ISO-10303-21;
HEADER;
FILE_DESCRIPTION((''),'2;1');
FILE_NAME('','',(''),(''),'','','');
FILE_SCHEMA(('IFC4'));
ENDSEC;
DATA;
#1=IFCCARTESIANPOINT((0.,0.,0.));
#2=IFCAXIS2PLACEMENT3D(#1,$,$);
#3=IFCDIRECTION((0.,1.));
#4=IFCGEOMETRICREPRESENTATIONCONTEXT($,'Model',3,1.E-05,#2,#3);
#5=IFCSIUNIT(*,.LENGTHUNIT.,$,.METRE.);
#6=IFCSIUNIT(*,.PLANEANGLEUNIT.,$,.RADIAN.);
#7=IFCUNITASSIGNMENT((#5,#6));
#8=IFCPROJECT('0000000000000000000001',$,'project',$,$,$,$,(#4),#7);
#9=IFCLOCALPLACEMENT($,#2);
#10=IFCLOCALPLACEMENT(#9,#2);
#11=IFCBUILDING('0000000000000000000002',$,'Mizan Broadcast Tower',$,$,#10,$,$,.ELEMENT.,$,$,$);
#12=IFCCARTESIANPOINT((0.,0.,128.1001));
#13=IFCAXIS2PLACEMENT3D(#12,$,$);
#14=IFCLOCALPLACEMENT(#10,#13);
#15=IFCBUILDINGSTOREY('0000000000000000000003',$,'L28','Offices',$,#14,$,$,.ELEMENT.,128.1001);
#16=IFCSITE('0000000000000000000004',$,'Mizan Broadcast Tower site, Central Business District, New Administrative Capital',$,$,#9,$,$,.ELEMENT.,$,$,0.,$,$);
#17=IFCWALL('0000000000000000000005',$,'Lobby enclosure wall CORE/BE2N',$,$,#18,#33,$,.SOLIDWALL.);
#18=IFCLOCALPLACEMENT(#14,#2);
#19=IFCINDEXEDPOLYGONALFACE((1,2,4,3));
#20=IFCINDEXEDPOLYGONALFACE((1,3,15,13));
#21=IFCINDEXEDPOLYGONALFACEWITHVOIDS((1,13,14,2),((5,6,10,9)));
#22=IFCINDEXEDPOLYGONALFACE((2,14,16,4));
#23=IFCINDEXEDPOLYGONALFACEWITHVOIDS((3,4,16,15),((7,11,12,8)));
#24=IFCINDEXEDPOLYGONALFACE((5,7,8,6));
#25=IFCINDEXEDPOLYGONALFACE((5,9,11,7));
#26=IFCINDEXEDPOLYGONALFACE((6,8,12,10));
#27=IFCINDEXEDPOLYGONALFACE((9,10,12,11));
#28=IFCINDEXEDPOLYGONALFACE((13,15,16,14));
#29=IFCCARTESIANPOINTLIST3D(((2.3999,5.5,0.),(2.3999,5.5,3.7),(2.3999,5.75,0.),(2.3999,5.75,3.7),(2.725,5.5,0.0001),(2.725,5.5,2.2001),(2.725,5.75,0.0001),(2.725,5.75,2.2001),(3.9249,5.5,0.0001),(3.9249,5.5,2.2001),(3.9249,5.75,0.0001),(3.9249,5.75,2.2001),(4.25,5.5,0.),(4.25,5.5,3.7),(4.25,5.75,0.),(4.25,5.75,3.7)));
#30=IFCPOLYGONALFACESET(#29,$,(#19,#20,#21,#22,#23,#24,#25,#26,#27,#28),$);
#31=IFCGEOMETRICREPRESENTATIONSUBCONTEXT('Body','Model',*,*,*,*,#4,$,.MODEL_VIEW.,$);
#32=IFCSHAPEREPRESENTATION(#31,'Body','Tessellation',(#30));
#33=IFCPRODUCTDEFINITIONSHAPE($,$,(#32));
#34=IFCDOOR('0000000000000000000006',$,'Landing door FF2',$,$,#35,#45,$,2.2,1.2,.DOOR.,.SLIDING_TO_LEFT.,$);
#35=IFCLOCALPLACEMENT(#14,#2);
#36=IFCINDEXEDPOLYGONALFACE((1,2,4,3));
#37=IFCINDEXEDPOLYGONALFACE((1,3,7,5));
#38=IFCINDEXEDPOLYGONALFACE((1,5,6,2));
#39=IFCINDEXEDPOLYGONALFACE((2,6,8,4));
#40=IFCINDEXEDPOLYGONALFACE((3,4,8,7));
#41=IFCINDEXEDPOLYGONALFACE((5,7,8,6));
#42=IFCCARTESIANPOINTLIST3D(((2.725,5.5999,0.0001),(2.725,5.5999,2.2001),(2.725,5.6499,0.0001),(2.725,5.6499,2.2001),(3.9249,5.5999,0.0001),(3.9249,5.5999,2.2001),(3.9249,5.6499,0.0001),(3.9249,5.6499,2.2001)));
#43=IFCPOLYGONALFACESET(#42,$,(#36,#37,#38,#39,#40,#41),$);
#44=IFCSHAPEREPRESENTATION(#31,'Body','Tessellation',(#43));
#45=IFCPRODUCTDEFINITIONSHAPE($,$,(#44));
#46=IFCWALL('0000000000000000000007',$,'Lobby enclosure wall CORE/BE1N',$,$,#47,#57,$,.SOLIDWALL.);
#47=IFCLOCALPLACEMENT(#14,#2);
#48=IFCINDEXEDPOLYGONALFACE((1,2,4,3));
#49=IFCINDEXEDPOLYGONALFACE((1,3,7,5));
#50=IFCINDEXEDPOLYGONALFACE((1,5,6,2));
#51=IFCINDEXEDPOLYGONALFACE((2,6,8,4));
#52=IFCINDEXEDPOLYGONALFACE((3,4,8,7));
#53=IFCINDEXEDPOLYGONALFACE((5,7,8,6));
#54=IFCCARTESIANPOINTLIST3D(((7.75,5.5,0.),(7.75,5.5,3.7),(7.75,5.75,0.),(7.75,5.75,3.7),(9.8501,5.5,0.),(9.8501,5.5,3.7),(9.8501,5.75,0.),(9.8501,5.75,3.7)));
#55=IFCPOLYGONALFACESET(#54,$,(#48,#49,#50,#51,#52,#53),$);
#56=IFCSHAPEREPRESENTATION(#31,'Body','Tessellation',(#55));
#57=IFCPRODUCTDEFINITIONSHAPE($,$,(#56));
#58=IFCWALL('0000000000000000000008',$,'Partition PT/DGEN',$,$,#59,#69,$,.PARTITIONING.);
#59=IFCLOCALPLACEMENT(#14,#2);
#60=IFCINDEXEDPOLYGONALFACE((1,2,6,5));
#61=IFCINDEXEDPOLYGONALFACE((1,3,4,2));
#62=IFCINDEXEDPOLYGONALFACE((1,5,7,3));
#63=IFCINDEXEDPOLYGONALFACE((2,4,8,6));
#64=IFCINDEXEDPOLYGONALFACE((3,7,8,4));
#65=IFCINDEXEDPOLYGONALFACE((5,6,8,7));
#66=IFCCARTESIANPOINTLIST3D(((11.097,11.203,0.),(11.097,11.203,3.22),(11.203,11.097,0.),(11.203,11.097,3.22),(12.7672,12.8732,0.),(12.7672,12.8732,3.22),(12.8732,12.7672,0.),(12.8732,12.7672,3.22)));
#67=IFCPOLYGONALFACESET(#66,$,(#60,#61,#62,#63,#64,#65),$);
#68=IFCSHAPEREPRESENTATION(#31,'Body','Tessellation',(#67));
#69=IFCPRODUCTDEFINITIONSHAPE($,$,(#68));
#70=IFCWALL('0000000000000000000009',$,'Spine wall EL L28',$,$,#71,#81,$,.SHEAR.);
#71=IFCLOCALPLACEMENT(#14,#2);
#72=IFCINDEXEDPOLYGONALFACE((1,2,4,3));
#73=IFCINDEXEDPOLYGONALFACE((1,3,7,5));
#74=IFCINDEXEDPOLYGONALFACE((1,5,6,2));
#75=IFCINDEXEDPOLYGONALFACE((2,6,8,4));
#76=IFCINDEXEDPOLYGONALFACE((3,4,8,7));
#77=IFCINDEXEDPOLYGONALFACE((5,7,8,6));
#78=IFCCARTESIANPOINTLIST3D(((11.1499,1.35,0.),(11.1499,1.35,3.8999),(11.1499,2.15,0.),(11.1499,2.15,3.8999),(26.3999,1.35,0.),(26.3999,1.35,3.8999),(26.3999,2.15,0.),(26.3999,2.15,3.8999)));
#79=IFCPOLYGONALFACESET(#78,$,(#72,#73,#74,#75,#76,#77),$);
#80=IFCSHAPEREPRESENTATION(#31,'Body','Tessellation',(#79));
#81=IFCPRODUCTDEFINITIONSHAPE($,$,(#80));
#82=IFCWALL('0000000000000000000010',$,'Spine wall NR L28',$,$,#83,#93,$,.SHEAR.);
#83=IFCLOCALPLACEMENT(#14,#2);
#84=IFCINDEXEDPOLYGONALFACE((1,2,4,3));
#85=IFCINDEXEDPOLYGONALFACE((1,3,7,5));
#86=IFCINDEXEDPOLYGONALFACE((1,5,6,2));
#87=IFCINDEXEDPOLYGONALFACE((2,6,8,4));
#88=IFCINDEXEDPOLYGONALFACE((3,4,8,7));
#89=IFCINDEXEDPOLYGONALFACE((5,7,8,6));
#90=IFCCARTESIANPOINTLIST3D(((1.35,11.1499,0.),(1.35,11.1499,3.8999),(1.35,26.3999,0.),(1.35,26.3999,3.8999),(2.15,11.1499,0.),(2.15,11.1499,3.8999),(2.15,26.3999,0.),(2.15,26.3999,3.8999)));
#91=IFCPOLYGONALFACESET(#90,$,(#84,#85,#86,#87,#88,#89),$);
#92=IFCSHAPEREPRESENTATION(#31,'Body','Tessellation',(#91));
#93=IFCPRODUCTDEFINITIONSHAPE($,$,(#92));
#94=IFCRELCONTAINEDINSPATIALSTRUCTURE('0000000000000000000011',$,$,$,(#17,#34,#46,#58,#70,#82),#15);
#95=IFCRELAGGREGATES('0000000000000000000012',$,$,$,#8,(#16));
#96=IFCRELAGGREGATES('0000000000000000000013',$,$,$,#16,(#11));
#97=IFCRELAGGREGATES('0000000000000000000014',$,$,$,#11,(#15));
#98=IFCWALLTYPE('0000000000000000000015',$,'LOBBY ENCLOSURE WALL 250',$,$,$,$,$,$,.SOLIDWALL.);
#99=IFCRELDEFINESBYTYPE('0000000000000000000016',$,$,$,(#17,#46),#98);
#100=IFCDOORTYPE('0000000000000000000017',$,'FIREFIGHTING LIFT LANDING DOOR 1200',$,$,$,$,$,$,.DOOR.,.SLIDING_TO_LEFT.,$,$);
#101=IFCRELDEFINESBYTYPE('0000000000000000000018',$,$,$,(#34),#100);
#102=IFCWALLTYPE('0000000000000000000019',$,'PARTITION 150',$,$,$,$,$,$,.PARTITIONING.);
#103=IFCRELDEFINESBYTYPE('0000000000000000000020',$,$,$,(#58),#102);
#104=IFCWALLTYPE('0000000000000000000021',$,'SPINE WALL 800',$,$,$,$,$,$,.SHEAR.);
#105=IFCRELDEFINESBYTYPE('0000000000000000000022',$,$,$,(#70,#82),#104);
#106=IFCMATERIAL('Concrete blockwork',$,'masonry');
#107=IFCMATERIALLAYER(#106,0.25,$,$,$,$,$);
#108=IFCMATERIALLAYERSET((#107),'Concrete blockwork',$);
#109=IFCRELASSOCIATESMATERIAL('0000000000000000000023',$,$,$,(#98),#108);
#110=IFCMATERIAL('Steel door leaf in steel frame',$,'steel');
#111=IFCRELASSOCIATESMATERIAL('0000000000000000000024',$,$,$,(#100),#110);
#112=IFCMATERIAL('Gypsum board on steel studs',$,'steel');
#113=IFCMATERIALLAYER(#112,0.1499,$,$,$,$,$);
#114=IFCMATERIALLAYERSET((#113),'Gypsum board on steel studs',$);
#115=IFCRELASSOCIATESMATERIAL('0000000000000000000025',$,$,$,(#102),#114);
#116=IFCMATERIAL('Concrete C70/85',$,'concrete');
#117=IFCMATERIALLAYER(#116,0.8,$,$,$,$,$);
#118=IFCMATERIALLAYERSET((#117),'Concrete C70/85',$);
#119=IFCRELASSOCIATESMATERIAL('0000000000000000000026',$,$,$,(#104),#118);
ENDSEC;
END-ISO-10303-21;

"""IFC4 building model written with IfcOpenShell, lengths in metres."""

from ifc_helpers import new_model, si_unit, direction, frame, frame_2d, origin, place, context, subcontext, project, spatial, rectangle, extrude, material, layer, layer_set, type_object, element, fill, save


model = new_model("IFC4")

# Units and contexts
model_context = context("Model", 3, precision=1e-05, world=origin(), true_north=direction((0.0, 1.0)))
body_context = subcontext(model_context, "Body", "Model", "MODEL_VIEW")
ifc_project = project(units=[si_unit("LENGTHUNIT", "METRE"), si_unit("PLANEANGLEUNIT", "RADIAN")], contexts=[model_context])

# Site, building, storey
site_placement = place(None, origin())
site = spatial("IfcSite", under=ifc_project, at=site_placement, Name="Mizan Broadcast Tower site, Central Business District, New Administrative Capital", CompositionType="ELEMENT", RefElevation=0.0)
building_placement = place(site_placement, origin())
building = spatial("IfcBuilding", under=site, at=building_placement, Name="Mizan Broadcast Tower", CompositionType="ELEMENT")
storey_placement = place(building_placement, frame((0.0, 0.0, 128.1001)))
storey = spatial("IfcBuildingStorey", under=building, at=storey_placement, Name="L28", Description="Offices", CompositionType="ELEMENT", Elevation=128.1001)

# Wall, opening, door
ifc_material_1 = material(Name="Concrete blockwork", Category="masonry")
ifc_layer_1 = layer(ifc_material_1, 0.25)
ifc_layer_set_1 = layer_set([ifc_layer_1], Name="Concrete blockwork")
wall_type_1 = type_object("IfcWallType", Name="LOBBY ENCLOSURE WALL 250", PredefinedType="SOLIDWALL", material=ifc_layer_set_1)
wall_1_placement = place(storey_placement, frame((2.3999, 5.625, 0.0), z_axis=(0.0, 0.0, 1.0), x_axis=(1.0, 0.0, 0.0)))
wall_1 = element("IfcWall", 1, at=wall_1_placement, inside=storey, type_object=wall_type_1, Name="Lobby enclosure wall CORE/BE2N", PredefinedType="SOLIDWALL", context=body_context, shape_type="SweptSolid", body=[
    extrude(rectangle(XDim=1.8501, YDim=0.25, at=frame_2d((0.925, 0.0))), origin(), (0.0, 0.0, 1.0), 3.7),
])
opening_1_placement = place(wall_1_placement, frame((0.325, 0.0, 0.0)))
opening_1 = element("IfcOpeningElement", 2, at=opening_1_placement, cuts=wall_1, PredefinedType="OPENING", context=body_context, shape_type="SweptSolid", body=[
    extrude(rectangle(XDim=1.2, YDim=2.2, at=frame_2d((0.6001, 1.1001))), frame((0.0, 0.135, 0.0), z_axis=(0.0, -1.0, 0.0), x_axis=(1.0, 0.0, 0.0)), (0.0, 0.0, 1.0), 0.27),
])
ifc_material_2 = material(Name="Steel door leaf in steel frame", Category="steel")
door_type_1 = type_object("IfcDoorType", Name="FIREFIGHTING LIFT LANDING DOOR 1200", OperationType="SLIDING_TO_LEFT", PredefinedType="DOOR", material=ifc_material_2)
door_1_placement = place(opening_1_placement, origin())
door_1 = element("IfcDoor", 3, at=door_1_placement, inside=storey, type_object=door_type_1, Name="Landing door FF2", OperationType="SLIDING_TO_LEFT", OverallHeight=2.2, OverallWidth=1.2, PredefinedType="DOOR", context=body_context, shape_type="SweptSolid", body=[
    extrude(rectangle(XDim=1.2, YDim=2.2, at=frame_2d((0.6001, 1.1001))), frame((0.0, 0.0249, 0.0), z_axis=(0.0, -1.0, 0.0), x_axis=(1.0, 0.0, 0.0)), (0.0, 0.0, 1.0), 0.05),
])
fill(opening_1, door_1)

# Walls
wall_2_placement = place(storey_placement, frame((7.75, 5.625, 0.0), z_axis=(0.0, 0.0, 1.0), x_axis=(1.0, 0.0, 0.0)))
element("IfcWall", 4, at=wall_2_placement, inside=storey, type_object=wall_type_1, Name="Lobby enclosure wall CORE/BE1N", PredefinedType="SOLIDWALL", context=body_context, shape_type="SweptSolid", body=[
    extrude(rectangle(XDim=2.1001, YDim=0.25, at=frame_2d((1.05, 0.0))), origin(), (0.0, 0.0, 1.0), 3.7),
])
ifc_material_3 = material(Name="Gypsum board on steel studs", Category="steel")
ifc_layer_2 = layer(ifc_material_3, 0.1499)
ifc_layer_set_2 = layer_set([ifc_layer_2], Name="Gypsum board on steel studs")
wall_type_2 = type_object("IfcWallType", Name="PARTITION 150", PredefinedType="PARTITIONING", material=ifc_layer_set_2)
wall_3_placement = place(storey_placement, frame((11.1499, 11.1499, 0.0), z_axis=(0.0, 0.0, 1.0), x_axis=(0.707107, 0.707107, 0.0)))
element("IfcWall", 5, at=wall_3_placement, inside=storey, type_object=wall_type_2, Name="Partition PT/DGEN", PredefinedType="PARTITIONING", context=body_context, shape_type="SweptSolid", body=[
    extrude(rectangle(XDim=2.3621, YDim=0.1499, at=frame_2d((1.1812, 0.0))), origin(), (0.0, 0.0, 1.0), 3.22),
])
ifc_material_4 = material(Name="Concrete C70/85", Category="concrete")
ifc_layer_3 = layer(ifc_material_4, 0.8)
ifc_layer_set_3 = layer_set([ifc_layer_3], Name="Concrete C70/85")
wall_type_3 = type_object("IfcWallType", Name="SPINE WALL 800", PredefinedType="SHEAR", material=ifc_layer_set_3)
for number, where, z_axis, x_axis, name in (
    (6, (11.1499, 1.75, 0.0), (0.0, 0.0, 1.0), (1.0, 0.0, 0.0), "Spine wall EL L28"),
    (7, (1.75, 11.1499, 0.0), (0.0, 0.0, 1.0), (0.0, 1.0, 0.0), "Spine wall NR L28"),
):
    element("IfcWall", number, at=place(storey_placement, frame(where, z_axis=z_axis, x_axis=x_axis)), inside=storey, type_object=wall_type_3, Name=name, PredefinedType="SHEAR", context=body_context, shape_type="SweptSolid", body=[
        extrude(rectangle(XDim=15.25, YDim=0.8, at=frame_2d((7.625, 0.0))), origin(), (0.0, 0.0, 1.0), 3.8999),
    ])

save(model, "model.ifc")
